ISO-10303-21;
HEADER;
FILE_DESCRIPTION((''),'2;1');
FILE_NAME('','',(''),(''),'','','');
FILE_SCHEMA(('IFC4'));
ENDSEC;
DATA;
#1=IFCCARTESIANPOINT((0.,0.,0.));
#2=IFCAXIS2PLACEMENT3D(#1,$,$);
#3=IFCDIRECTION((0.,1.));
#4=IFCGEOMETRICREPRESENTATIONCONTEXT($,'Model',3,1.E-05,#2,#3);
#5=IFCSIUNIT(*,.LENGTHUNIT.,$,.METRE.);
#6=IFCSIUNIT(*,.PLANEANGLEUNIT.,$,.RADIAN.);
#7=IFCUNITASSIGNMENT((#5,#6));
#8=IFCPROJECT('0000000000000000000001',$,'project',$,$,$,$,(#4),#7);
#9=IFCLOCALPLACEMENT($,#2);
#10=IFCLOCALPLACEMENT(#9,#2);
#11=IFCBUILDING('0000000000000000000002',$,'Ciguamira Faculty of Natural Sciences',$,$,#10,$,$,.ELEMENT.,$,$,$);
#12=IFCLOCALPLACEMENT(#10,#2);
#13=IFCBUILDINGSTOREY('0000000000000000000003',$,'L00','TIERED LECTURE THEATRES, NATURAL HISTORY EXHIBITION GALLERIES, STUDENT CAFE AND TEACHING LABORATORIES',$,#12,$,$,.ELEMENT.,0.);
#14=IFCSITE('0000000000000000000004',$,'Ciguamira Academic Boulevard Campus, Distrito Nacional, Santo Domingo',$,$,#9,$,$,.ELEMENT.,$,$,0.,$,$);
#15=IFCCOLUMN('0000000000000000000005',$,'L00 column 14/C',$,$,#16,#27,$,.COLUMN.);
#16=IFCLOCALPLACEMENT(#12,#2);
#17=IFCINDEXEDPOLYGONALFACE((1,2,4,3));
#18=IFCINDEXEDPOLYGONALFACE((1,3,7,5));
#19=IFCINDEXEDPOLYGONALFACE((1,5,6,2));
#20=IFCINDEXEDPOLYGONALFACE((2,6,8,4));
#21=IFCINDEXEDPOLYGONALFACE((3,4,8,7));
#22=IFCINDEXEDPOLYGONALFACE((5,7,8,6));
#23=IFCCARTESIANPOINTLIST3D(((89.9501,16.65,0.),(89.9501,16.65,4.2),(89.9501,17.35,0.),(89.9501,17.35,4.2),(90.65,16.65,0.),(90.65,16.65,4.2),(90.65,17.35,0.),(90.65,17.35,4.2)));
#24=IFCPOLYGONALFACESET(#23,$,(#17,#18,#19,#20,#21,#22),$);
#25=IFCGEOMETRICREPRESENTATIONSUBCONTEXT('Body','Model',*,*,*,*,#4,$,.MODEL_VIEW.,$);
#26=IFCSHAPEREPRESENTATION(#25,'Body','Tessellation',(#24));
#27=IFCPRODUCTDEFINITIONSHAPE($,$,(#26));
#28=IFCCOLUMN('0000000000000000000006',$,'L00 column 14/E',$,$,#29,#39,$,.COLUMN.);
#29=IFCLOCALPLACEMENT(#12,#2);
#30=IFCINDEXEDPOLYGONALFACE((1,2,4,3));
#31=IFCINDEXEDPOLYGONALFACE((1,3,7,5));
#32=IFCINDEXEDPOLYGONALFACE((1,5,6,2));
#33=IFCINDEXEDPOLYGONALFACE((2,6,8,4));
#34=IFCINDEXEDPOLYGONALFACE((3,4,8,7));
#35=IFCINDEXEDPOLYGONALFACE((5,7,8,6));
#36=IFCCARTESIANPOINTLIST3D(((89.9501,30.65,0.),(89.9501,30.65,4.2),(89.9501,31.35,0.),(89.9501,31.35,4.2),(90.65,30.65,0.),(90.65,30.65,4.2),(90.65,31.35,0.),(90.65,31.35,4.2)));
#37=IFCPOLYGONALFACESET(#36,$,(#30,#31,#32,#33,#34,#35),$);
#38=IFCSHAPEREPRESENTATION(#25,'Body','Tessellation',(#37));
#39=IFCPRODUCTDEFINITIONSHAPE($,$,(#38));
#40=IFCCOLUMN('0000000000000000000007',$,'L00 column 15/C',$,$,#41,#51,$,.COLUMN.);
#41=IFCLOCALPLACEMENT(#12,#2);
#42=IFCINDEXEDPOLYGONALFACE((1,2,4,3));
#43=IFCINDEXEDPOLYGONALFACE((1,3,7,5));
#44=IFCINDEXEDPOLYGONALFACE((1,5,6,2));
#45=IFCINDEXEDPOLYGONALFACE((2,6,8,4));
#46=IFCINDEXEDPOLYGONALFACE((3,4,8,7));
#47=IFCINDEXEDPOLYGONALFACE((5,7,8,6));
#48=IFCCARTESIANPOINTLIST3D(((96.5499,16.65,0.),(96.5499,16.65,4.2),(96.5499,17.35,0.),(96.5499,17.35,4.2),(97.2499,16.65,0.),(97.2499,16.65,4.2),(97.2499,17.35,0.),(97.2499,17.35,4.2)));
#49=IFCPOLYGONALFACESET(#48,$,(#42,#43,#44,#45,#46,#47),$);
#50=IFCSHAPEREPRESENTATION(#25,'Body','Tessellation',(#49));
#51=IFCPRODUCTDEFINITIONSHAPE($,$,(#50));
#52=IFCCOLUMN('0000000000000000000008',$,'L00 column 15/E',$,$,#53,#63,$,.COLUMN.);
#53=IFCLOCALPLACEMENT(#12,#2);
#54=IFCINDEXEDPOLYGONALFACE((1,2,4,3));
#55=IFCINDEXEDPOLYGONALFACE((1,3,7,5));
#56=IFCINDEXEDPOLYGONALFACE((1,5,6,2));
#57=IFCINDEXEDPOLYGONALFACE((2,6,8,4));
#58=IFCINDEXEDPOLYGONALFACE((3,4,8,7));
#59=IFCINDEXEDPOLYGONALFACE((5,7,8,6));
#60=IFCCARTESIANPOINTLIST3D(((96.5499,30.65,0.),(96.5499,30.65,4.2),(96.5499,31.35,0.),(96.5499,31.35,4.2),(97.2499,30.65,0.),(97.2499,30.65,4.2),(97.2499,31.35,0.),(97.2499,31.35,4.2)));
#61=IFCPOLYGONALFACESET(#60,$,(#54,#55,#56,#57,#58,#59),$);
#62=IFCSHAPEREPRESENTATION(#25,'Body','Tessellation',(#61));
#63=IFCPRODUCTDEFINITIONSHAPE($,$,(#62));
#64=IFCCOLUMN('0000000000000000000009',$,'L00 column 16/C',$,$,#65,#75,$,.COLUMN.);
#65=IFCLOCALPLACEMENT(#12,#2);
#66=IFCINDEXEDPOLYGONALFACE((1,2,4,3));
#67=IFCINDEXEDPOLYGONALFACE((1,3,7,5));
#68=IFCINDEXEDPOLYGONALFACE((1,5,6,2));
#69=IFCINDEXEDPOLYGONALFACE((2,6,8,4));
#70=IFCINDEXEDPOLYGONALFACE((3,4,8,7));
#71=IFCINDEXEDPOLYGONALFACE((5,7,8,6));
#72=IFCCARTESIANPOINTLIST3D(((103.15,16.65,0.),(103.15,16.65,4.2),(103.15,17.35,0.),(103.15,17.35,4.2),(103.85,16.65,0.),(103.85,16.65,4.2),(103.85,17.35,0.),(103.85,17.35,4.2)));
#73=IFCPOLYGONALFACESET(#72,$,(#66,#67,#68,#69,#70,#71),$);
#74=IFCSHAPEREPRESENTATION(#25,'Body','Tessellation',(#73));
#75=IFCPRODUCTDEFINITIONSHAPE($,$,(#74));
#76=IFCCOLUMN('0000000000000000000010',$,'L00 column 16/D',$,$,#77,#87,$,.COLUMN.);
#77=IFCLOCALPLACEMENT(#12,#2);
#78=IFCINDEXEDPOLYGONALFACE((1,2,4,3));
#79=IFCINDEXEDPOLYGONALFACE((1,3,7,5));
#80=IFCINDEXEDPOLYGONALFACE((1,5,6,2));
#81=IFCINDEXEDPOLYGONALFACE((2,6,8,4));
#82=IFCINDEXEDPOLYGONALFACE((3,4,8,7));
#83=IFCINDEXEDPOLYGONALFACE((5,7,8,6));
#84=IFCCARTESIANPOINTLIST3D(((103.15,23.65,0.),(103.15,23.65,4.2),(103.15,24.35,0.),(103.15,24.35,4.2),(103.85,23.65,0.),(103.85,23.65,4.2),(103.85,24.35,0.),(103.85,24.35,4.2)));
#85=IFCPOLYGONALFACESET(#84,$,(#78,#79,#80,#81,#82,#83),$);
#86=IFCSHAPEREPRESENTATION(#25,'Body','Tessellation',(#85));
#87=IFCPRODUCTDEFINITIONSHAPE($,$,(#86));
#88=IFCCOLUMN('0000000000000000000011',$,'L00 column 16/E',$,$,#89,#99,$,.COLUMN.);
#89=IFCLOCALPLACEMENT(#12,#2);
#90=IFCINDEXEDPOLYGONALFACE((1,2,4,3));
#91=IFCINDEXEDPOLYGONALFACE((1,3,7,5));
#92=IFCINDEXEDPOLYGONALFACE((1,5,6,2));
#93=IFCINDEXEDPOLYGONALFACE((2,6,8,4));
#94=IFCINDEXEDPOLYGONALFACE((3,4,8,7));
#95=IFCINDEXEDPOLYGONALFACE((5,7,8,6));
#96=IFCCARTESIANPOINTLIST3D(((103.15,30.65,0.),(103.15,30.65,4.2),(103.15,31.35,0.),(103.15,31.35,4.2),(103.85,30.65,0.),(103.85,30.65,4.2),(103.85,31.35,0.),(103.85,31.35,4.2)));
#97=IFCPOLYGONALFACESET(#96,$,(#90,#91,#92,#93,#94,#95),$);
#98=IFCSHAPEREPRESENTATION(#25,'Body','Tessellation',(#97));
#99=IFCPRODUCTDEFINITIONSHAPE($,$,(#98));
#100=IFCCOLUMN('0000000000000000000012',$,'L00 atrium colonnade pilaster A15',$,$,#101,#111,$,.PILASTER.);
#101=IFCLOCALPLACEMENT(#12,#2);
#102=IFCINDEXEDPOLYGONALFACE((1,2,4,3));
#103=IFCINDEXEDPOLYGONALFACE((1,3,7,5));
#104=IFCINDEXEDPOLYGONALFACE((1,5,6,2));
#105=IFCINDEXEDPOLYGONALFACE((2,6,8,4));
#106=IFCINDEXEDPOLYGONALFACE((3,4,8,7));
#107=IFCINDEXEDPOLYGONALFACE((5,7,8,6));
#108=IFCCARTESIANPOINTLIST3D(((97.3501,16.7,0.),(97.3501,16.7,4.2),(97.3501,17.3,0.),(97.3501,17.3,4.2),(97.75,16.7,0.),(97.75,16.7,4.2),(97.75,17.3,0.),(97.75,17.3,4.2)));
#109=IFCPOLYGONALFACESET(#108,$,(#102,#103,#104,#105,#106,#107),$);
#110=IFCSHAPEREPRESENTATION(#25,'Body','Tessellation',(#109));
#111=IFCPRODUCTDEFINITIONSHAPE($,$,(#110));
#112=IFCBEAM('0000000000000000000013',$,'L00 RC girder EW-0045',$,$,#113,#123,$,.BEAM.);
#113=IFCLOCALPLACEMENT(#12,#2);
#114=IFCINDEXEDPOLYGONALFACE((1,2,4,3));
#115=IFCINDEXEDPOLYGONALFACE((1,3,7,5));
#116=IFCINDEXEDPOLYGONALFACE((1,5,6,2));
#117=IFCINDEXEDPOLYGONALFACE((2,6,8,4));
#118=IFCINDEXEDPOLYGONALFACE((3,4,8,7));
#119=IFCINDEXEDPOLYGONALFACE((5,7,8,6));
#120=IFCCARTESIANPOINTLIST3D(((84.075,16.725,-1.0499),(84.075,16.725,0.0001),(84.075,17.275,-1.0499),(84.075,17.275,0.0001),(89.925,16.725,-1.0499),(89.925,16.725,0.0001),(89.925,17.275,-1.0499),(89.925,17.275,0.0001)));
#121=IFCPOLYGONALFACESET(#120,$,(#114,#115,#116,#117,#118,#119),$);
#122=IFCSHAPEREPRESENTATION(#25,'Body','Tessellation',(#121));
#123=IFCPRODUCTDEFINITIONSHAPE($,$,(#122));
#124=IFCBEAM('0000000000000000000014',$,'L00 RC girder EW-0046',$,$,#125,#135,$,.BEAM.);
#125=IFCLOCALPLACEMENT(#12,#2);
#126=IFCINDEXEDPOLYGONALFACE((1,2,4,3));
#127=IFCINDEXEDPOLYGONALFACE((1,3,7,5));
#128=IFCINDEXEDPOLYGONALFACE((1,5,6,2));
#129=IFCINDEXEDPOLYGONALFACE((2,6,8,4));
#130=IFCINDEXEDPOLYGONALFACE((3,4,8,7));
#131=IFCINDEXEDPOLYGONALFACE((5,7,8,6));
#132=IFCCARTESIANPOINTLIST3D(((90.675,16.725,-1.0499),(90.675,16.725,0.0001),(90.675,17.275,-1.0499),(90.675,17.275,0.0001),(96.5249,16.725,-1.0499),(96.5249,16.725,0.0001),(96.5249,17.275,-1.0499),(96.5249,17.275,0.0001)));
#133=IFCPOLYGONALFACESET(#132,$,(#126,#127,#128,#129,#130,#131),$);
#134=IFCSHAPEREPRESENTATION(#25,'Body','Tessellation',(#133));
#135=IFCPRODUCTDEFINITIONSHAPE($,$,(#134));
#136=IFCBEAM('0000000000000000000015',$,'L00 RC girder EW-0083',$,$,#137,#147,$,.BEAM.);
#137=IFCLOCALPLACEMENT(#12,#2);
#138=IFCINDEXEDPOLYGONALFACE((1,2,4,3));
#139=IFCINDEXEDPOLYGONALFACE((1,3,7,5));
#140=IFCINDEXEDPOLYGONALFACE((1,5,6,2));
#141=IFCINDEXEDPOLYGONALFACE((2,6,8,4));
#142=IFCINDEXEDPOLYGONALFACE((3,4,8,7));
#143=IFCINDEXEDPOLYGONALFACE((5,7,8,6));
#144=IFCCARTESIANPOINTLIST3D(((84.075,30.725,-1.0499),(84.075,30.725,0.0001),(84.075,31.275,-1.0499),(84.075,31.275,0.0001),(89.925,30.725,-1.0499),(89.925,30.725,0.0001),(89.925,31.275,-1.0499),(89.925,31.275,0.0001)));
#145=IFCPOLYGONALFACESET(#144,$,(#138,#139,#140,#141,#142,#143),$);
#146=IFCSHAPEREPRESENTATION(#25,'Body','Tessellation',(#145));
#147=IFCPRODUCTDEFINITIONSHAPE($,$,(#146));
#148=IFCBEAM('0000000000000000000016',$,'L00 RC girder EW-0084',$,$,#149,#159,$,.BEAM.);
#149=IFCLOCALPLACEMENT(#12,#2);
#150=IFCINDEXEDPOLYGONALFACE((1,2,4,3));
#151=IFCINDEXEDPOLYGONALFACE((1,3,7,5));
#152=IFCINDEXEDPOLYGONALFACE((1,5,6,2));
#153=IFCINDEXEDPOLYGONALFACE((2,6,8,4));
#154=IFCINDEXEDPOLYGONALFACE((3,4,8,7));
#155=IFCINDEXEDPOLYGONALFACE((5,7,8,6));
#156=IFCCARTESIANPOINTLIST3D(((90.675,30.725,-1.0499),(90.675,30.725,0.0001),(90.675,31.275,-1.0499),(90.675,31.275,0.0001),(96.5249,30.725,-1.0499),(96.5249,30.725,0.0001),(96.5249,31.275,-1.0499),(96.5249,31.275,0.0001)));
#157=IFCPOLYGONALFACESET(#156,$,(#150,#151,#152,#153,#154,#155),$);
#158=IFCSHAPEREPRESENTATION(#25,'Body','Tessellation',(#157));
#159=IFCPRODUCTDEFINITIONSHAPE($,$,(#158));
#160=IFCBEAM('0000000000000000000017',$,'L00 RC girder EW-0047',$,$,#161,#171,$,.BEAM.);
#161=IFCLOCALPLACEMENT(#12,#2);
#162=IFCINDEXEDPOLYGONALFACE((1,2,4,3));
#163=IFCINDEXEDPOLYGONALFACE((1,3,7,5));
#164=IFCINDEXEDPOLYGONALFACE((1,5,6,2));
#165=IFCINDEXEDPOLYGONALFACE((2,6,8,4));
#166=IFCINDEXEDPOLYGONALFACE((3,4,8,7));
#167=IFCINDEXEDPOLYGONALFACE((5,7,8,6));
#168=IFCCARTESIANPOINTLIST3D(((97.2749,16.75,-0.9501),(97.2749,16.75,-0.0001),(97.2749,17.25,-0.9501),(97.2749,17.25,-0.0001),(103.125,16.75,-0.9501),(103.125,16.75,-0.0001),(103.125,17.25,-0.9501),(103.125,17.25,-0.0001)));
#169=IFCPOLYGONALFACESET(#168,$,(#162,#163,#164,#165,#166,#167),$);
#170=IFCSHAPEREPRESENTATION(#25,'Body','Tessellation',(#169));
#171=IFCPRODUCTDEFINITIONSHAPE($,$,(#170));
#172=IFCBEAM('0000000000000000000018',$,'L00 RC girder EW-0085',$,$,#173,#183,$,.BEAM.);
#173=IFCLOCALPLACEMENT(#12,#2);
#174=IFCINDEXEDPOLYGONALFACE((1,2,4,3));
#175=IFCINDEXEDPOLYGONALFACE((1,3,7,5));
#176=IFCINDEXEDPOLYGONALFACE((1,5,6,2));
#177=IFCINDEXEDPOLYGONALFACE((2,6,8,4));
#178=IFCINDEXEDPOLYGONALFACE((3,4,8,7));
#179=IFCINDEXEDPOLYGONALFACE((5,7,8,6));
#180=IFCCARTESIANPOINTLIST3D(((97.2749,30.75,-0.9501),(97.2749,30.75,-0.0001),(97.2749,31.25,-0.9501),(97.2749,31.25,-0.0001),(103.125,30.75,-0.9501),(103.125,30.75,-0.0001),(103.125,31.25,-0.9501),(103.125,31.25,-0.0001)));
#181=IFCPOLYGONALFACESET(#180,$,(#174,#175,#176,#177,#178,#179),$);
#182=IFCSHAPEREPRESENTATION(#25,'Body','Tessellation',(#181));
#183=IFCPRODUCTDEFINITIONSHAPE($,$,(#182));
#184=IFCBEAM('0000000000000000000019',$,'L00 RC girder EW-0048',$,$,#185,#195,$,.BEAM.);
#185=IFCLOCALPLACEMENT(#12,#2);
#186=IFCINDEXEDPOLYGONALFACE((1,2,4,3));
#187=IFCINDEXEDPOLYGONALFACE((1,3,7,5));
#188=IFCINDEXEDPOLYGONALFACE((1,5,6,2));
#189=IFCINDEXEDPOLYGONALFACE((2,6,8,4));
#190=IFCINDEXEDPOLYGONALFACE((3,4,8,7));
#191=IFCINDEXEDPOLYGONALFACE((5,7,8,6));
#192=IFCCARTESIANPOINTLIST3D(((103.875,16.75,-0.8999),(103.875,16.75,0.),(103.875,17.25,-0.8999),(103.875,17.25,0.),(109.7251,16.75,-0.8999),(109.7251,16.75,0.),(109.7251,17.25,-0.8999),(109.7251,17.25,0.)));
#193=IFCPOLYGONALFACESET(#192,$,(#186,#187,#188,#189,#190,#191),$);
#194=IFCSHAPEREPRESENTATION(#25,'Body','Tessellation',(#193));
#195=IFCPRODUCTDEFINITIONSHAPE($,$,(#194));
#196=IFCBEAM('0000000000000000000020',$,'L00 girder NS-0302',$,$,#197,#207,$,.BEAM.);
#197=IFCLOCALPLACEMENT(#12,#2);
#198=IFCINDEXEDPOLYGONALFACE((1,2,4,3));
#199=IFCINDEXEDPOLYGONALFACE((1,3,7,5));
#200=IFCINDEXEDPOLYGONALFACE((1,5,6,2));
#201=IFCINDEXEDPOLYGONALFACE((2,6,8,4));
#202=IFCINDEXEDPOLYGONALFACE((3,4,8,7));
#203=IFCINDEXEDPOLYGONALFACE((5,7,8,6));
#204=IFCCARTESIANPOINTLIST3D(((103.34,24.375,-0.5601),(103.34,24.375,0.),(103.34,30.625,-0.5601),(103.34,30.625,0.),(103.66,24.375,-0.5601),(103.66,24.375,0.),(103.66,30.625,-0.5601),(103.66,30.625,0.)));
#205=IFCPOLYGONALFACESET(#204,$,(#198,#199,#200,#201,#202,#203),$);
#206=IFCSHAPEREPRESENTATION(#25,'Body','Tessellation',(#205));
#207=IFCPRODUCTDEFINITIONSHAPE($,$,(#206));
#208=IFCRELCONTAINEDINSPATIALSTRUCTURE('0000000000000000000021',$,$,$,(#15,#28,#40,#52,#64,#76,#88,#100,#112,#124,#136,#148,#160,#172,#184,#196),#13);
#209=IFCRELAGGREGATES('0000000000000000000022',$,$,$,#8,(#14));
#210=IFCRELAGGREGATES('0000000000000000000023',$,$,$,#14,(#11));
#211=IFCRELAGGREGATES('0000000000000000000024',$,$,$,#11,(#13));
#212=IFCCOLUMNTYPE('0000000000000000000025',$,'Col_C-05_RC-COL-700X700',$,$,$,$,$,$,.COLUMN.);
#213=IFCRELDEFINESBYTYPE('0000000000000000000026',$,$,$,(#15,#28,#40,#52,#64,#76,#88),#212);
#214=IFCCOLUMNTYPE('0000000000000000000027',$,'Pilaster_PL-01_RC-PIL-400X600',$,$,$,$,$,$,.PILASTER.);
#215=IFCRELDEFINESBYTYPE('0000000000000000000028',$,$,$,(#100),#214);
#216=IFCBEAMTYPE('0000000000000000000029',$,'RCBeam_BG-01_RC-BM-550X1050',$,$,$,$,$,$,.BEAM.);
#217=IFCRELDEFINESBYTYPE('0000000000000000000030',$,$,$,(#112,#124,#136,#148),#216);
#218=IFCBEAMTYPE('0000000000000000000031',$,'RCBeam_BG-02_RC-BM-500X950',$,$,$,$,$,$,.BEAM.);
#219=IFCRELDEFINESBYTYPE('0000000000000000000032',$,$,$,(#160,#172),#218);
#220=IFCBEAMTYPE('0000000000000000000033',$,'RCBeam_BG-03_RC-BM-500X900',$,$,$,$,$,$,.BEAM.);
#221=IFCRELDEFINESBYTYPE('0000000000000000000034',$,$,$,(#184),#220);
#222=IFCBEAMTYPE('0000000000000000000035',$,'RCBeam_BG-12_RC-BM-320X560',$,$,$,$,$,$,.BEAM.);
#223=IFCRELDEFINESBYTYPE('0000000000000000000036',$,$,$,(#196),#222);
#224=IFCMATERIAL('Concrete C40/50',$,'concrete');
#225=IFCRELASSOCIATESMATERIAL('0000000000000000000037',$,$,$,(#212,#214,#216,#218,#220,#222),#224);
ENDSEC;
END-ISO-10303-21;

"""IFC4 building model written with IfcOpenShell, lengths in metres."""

from ifc_helpers import new_model, si_unit, direction, frame, origin, origin_2d, place, context, subcontext, project, spatial, rectangle, extrude, material, material_profile, profile_set, type_object, element, save


model = new_model("IFC4")

# Units and contexts
model_context = context("Model", 3, precision=1e-05, world=origin(), true_north=direction((0.0, 1.0)))
body_context = subcontext(model_context, "Body", "Model", "MODEL_VIEW")
ifc_project = project(units=[si_unit("LENGTHUNIT", "METRE"), si_unit("PLANEANGLEUNIT", "RADIAN")], contexts=[model_context])

# Site, building, storey
site_placement = place(None, origin())
site = spatial("IfcSite", under=ifc_project, at=site_placement, Name="Ciguamira Academic Boulevard Campus, Distrito Nacional, Santo Domingo", CompositionType="ELEMENT", RefElevation=0.0)
building_placement = place(site_placement, origin())
building = spatial("IfcBuilding", under=site, at=building_placement, Name="Ciguamira Faculty of Natural Sciences", CompositionType="ELEMENT")
storey_placement = place(building_placement, origin())
storey = spatial("IfcBuildingStorey", under=building, at=storey_placement, Name="L00", Description="TIERED LECTURE THEATRES, NATURAL HISTORY EXHIBITION GALLERIES, STUDENT CAFE AND TEACHING LABORATORIES", CompositionType="ELEMENT", Elevation=0.0)

# Columns
ifc_material_1 = material(Name="Concrete C40/50", Category="concrete")
ifc_material_profile_1 = material_profile(ifc_material_1, rectangle(XDim=0.7, YDim=0.7, at=origin_2d()), Name="RC-COL-700X700")
ifc_profile_set_1 = profile_set([ifc_material_profile_1], Name="Concrete C40/50")
column_type_1 = type_object("IfcColumnType", Name="Col_C-05_RC-COL-700X700", PredefinedType="COLUMN", material=ifc_profile_set_1)
for number, where, z_axis, x_axis, name in (
    (1, (90.3, 17.0, 0.0), (0.0, 0.0, 1.0), (1.0, 0.0, 0.0), "L00 column 14/C"),
    (2, (90.3, 31.0, 0.0), (0.0, 0.0, 1.0), (1.0, 0.0, 0.0), "L00 column 14/E"),
    (3, (96.8999, 17.0, 0.0), (0.0, 0.0, 1.0), (1.0, 0.0, 0.0), "L00 column 15/C"),
    (4, (96.8999, 31.0, 0.0), (0.0, 0.0, 1.0), (1.0, 0.0, 0.0), "L00 column 15/E"),
    (5, (103.5, 17.0, 0.0), (0.0, 0.0, 1.0), (1.0, 0.0, 0.0), "L00 column 16/C"),
    (6, (103.5, 24.0, 0.0), (0.0, 0.0, 1.0), (1.0, 0.0, 0.0), "L00 column 16/D"),
    (7, (103.5, 31.0, 0.0), (0.0, 0.0, 1.0), (1.0, 0.0, 0.0), "L00 column 16/E"),
):
    element("IfcColumn", number, at=place(storey_placement, frame(where, z_axis=z_axis, x_axis=x_axis)), inside=storey, type_object=column_type_1, Name=name, PredefinedType="COLUMN", context=body_context, shape_type="SweptSolid", body=[
        extrude(rectangle(XDim=0.7, YDim=0.7, at=origin_2d()), origin(), (0.0, 0.0, 1.0), 4.2),
    ])
ifc_material_profile_2 = material_profile(ifc_material_1, rectangle(XDim=0.3999, YDim=0.6001, at=origin_2d()), Name="RC-PIL-400X600")
ifc_profile_set_2 = profile_set([ifc_material_profile_2], Name="Concrete C40/50")
column_type_2 = type_object("IfcColumnType", Name="Pilaster_PL-01_RC-PIL-400X600", PredefinedType="PILASTER", material=ifc_profile_set_2)
column_placement = place(storey_placement, frame((97.55, 17.0, 0.0), z_axis=(0.0, 0.0, 1.0), x_axis=(1.0, 0.0, 0.0)))
element("IfcColumn", 8, at=column_placement, inside=storey, type_object=column_type_2, Name="L00 atrium colonnade pilaster A15", PredefinedType="PILASTER", context=body_context, shape_type="SweptSolid", body=[
    extrude(rectangle(XDim=0.3999, YDim=0.6001, at=origin_2d()), origin(), (0.0, 0.0, 1.0), 4.2),
])

# Beams
ifc_material_profile_3 = material_profile(ifc_material_1, rectangle(XDim=0.55, YDim=1.05, at=origin_2d()), Name="RC-BM-550X1050")
ifc_profile_set_3 = profile_set([ifc_material_profile_3], Name="Concrete C40/50")
beam_type_1 = type_object("IfcBeamType", Name="RCBeam_BG-01_RC-BM-550X1050", PredefinedType="BEAM", material=ifc_profile_set_3)
beam_1_placement = place(storey_placement, frame((84.075, 17.0, -0.5249), z_axis=(1.0, 0.0, 0.0), x_axis=(0.0, 1.0, 0.0)))
element("IfcBeam", 9, at=beam_1_placement, inside=storey, type_object=beam_type_1, Name="L00 RC girder EW-0045", PredefinedType="BEAM", context=body_context, shape_type="SweptSolid", body=[
    extrude(rectangle(XDim=0.55, YDim=1.05, at=origin_2d()), origin(), (0.0, 0.0, 1.0), 5.8501),
])
beam_2_placement = place(storey_placement, frame((90.675, 17.0, -0.5249), z_axis=(1.0, 0.0, 0.0), x_axis=(0.0, 1.0, 0.0)))
element("IfcBeam", 10, at=beam_2_placement, inside=storey, type_object=beam_type_1, Name="L00 RC girder EW-0046", PredefinedType="BEAM", context=body_context, shape_type="SweptSolid", body=[
    extrude(rectangle(XDim=0.55, YDim=1.05, at=origin_2d()), origin(), (0.0, 0.0, 1.0), 5.8499),
])
beam_3_placement = place(storey_placement, frame((84.075, 31.0, -0.5249), z_axis=(1.0, 0.0, 0.0), x_axis=(0.0, 1.0, 0.0)))
element("IfcBeam", 11, at=beam_3_placement, inside=storey, type_object=beam_type_1, Name="L00 RC girder EW-0083", PredefinedType="BEAM", context=body_context, shape_type="SweptSolid", body=[
    extrude(rectangle(XDim=0.55, YDim=1.05, at=origin_2d()), origin(), (0.0, 0.0, 1.0), 5.8501),
])
beam_4_placement = place(storey_placement, frame((90.675, 31.0, -0.5249), z_axis=(1.0, 0.0, 0.0), x_axis=(0.0, 1.0, 0.0)))
element("IfcBeam", 12, at=beam_4_placement, inside=storey, type_object=beam_type_1, Name="L00 RC girder EW-0084", PredefinedType="BEAM", context=body_context, shape_type="SweptSolid", body=[
    extrude(rectangle(XDim=0.55, YDim=1.05, at=origin_2d()), origin(), (0.0, 0.0, 1.0), 5.8499),
])
ifc_material_profile_4 = material_profile(ifc_material_1, rectangle(XDim=0.5, YDim=0.95, at=origin_2d()), Name="RC-BM-500X950")
ifc_profile_set_4 = profile_set([ifc_material_profile_4], Name="Concrete C40/50")
beam_type_2 = type_object("IfcBeamType", Name="RCBeam_BG-02_RC-BM-500X950", PredefinedType="BEAM", material=ifc_profile_set_4)
for number, where, z_axis, x_axis, name in (
    (13, (97.2749, 17.0, -0.4751), (1.0, 0.0, 0.0), (0.0, 1.0, 0.0), "L00 RC girder EW-0047"),
    (14, (97.2749, 31.0, -0.4751), (1.0, 0.0, 0.0), (0.0, 1.0, 0.0), "L00 RC girder EW-0085"),
):
    element("IfcBeam", number, at=place(storey_placement, frame(where, z_axis=z_axis, x_axis=x_axis)), inside=storey, type_object=beam_type_2, Name=name, PredefinedType="BEAM", context=body_context, shape_type="SweptSolid", body=[
        extrude(rectangle(XDim=0.5, YDim=0.95, at=origin_2d()), origin(), (0.0, 0.0, 1.0), 5.8501),
    ])
ifc_material_profile_5 = material_profile(ifc_material_1, rectangle(XDim=0.5, YDim=0.8999, at=origin_2d()), Name="RC-BM-500X900")
ifc_profile_set_5 = profile_set([ifc_material_profile_5], Name="Concrete C40/50")
beam_type_3 = type_object("IfcBeamType", Name="RCBeam_BG-03_RC-BM-500X900", PredefinedType="BEAM", material=ifc_profile_set_5)
beam_5_placement = place(storey_placement, frame((103.875, 17.0, -0.45), z_axis=(1.0, 0.0, 0.0), x_axis=(0.0, 1.0, 0.0)))
element("IfcBeam", 15, at=beam_5_placement, inside=storey, type_object=beam_type_3, Name="L00 RC girder EW-0048", PredefinedType="BEAM", context=body_context, shape_type="SweptSolid", body=[
    extrude(rectangle(XDim=0.5, YDim=0.8999, at=origin_2d()), origin(), (0.0, 0.0, 1.0), 5.8501),
])
ifc_material_profile_6 = material_profile(ifc_material_1, rectangle(XDim=0.3201, YDim=0.5601, at=origin_2d()), Name="RC-BM-320X560")
ifc_profile_set_6 = profile_set([ifc_material_profile_6], Name="Concrete C40/50")
beam_type_4 = type_object("IfcBeamType", Name="RCBeam_BG-12_RC-BM-320X560", PredefinedType="BEAM", material=ifc_profile_set_6)
beam_6_placement = place(storey_placement, frame((103.5, 24.375, -0.28), z_axis=(0.0, 1.0, 0.0), x_axis=(-1.0, 0.0, 0.0)))
element("IfcBeam", 16, at=beam_6_placement, inside=storey, type_object=beam_type_4, Name="L00 girder NS-0302", PredefinedType="BEAM", context=body_context, shape_type="SweptSolid", body=[
    extrude(rectangle(XDim=0.3201, YDim=0.5601, at=origin_2d()), origin(), (0.0, 0.0, 1.0), 6.25),
])

save(model, "model.ifc")
